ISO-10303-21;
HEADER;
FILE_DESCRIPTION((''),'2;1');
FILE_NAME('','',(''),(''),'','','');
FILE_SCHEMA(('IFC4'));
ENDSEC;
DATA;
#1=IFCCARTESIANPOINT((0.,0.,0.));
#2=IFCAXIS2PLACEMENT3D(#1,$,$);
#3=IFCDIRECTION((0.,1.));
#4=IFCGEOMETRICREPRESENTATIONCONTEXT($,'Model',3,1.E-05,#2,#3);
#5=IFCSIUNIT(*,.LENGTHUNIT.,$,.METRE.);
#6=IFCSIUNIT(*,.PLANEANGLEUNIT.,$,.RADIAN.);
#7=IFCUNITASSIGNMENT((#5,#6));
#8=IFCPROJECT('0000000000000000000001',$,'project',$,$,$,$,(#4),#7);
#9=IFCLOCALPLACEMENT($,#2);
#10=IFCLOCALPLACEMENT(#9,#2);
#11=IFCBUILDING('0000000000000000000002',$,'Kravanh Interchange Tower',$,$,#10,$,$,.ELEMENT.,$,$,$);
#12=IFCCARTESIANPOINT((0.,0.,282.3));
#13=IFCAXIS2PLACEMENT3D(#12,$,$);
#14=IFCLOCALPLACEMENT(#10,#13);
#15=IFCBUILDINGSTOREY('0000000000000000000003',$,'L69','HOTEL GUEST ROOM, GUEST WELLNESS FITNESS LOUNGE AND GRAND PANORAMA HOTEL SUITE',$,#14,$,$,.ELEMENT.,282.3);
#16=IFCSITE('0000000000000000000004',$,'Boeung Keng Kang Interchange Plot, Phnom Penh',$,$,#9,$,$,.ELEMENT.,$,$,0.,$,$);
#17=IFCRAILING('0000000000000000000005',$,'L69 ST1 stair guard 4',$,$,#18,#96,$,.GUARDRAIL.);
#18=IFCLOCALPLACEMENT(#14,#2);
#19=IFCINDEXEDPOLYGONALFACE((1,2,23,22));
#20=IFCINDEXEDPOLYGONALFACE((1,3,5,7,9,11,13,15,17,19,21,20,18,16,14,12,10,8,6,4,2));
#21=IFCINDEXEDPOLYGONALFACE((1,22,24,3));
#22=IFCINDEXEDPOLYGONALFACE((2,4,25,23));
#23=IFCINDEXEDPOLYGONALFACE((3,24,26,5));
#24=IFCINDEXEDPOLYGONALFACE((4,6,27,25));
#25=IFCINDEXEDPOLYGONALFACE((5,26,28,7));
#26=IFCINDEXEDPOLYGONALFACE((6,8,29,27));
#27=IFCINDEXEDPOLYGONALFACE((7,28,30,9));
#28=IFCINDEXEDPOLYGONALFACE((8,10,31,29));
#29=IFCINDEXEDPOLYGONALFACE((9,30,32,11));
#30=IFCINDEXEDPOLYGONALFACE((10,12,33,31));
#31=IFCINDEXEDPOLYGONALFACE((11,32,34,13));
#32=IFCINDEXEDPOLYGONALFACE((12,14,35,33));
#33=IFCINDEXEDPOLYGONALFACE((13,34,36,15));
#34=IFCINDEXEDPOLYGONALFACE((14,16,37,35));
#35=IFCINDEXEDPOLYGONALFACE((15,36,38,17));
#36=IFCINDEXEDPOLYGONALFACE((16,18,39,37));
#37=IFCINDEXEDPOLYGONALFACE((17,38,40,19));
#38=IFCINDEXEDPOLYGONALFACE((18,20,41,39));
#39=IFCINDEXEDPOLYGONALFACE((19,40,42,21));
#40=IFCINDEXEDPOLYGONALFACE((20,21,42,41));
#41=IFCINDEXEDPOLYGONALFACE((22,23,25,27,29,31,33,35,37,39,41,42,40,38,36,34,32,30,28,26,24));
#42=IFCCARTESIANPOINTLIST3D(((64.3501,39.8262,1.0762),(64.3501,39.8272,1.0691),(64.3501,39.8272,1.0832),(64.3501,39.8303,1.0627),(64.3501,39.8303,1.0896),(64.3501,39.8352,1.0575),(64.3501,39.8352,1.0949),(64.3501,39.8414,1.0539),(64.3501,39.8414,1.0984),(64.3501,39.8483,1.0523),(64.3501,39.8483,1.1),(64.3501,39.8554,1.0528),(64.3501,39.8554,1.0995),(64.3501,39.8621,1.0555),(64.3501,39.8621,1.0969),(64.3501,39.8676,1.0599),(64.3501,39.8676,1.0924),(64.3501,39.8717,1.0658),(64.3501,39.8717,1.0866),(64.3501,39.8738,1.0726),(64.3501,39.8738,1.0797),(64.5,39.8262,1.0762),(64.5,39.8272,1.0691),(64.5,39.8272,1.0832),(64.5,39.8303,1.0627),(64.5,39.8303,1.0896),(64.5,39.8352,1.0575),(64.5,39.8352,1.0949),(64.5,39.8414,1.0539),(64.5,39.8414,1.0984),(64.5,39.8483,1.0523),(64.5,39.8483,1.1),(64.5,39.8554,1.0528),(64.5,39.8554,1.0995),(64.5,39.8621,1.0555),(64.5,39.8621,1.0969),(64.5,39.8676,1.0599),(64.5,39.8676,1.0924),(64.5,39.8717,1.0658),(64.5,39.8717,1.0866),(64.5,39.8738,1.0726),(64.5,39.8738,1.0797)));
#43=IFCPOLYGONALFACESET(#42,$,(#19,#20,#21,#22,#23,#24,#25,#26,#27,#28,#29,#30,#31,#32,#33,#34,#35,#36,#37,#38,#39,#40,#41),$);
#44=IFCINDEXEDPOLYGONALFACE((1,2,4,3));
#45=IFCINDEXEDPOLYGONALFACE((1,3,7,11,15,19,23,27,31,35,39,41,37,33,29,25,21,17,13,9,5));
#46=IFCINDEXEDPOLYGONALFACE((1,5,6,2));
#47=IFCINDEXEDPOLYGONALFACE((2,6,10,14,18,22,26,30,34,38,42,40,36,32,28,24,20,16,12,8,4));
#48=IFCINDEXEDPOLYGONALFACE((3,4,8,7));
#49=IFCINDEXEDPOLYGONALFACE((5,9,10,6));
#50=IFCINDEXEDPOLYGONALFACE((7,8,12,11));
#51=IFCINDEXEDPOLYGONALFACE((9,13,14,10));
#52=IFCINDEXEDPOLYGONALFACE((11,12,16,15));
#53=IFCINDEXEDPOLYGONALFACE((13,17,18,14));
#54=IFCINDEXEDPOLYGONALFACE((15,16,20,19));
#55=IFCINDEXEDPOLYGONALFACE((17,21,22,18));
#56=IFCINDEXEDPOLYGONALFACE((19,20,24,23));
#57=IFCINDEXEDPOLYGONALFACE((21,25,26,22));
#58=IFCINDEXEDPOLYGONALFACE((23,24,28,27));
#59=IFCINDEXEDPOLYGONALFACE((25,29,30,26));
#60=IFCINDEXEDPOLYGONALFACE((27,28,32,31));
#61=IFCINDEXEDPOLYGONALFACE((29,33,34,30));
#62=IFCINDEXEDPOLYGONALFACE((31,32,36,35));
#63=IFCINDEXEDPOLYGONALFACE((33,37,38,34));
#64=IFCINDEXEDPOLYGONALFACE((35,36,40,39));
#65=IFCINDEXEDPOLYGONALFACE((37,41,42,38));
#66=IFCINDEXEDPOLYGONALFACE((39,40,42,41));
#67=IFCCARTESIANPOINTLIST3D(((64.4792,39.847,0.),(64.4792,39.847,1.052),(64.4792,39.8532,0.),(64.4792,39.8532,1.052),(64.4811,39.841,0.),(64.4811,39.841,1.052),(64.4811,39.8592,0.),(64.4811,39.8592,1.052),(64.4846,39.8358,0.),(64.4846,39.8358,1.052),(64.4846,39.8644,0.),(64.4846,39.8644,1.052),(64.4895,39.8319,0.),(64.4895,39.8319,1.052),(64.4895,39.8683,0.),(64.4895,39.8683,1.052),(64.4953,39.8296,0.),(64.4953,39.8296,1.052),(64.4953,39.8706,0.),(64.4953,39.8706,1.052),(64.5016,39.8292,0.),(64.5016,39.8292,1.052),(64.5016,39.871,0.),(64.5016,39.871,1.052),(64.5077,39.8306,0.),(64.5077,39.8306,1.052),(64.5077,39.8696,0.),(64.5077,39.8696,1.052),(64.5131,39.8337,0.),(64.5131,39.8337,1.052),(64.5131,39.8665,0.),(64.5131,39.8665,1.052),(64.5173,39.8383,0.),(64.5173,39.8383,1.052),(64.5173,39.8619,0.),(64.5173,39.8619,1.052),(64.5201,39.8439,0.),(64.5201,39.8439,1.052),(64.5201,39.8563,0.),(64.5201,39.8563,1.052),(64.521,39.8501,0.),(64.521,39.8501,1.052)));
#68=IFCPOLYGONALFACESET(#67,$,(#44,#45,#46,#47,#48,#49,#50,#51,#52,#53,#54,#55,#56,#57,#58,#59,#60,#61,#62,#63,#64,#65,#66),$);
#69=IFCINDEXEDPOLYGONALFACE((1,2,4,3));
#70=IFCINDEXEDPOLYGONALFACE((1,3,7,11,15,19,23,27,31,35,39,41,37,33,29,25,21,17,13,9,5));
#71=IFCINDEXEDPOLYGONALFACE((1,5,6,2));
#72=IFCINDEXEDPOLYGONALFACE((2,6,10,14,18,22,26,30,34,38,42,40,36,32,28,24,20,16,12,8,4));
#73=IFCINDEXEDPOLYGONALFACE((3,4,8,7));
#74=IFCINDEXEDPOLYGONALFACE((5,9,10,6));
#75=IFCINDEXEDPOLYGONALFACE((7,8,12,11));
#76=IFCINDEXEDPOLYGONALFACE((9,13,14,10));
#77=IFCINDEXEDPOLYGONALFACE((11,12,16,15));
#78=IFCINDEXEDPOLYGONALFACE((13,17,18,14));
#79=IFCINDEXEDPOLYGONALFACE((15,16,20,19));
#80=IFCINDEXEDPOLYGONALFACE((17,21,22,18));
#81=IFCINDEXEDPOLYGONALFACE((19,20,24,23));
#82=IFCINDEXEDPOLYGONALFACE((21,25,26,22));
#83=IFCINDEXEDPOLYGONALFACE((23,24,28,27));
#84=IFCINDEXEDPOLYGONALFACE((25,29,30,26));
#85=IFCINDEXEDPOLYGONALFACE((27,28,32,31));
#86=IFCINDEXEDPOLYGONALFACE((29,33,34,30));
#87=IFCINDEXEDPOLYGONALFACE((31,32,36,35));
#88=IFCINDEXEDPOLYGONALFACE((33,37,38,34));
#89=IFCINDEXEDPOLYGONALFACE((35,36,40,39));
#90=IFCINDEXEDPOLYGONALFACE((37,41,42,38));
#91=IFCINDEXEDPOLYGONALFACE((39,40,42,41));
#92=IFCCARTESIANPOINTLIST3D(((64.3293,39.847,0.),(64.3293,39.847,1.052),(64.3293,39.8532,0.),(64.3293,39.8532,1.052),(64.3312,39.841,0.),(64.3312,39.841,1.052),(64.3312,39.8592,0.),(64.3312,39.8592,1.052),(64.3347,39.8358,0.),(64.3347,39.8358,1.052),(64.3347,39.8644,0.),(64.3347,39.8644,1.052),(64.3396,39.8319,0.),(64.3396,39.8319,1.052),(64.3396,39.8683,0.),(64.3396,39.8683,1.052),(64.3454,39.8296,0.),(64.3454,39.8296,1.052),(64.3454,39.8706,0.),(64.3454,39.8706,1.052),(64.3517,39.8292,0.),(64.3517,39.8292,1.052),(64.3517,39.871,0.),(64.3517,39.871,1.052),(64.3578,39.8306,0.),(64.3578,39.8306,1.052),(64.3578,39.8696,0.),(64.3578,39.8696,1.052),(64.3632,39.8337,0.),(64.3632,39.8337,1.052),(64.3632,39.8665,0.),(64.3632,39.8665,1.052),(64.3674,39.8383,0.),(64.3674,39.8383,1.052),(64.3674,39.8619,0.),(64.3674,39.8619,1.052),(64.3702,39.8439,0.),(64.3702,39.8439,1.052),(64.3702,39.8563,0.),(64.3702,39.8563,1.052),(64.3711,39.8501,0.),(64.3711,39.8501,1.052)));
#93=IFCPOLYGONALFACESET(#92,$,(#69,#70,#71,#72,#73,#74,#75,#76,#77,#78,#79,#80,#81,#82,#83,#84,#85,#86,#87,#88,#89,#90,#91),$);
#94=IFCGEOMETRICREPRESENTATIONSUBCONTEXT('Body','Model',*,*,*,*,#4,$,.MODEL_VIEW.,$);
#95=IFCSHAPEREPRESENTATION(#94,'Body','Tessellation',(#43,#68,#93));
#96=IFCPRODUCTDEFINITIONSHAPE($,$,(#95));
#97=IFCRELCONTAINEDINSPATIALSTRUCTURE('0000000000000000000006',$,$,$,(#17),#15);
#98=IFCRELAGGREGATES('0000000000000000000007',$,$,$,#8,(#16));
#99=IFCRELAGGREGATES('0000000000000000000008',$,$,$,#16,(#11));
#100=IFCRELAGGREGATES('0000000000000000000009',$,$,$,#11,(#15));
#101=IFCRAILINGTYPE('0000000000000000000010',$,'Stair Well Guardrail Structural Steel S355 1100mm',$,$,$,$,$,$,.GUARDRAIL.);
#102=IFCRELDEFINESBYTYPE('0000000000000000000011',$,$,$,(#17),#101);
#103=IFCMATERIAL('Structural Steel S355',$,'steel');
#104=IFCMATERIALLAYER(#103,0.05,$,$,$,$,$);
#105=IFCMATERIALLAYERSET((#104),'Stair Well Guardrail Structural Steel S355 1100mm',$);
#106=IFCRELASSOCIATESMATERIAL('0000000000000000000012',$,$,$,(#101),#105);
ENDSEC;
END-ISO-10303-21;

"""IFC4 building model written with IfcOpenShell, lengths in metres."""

from ifc_helpers import new_model, si_unit, direction, frame, origin, origin_2d, place, context, subcontext, project, spatial, circle, extrude, material, layer, layer_set, type_object, element, save


model = new_model("IFC4")

# Units and contexts
model_context = context("Model", 3, precision=1e-05, world=origin(), true_north=direction((0.0, 1.0)))
body_context = subcontext(model_context, "Body", "Model", "MODEL_VIEW")
ifc_project = project(units=[si_unit("LENGTHUNIT", "METRE"), si_unit("PLANEANGLEUNIT", "RADIAN")], contexts=[model_context])

# Site, building, storey
site_placement = place(None, origin())
site = spatial("IfcSite", under=ifc_project, at=site_placement, Name="Boeung Keng Kang Interchange Plot, Phnom Penh", CompositionType="ELEMENT", RefElevation=0.0)
building_placement = place(site_placement, origin())
building = spatial("IfcBuilding", under=site, at=building_placement, Name="Kravanh Interchange Tower", CompositionType="ELEMENT")
storey_placement = place(building_placement, frame((0.0, 0.0, 282.3)))
storey = spatial("IfcBuildingStorey", under=building, at=storey_placement, Name="L69", Description="HOTEL GUEST ROOM, GUEST WELLNESS FITNESS LOUNGE AND GRAND PANORAMA HOTEL SUITE", CompositionType="ELEMENT", Elevation=282.3)

# Railing
ifc_material_1 = material(Name="Structural Steel S355", Category="steel")
ifc_layer_1 = layer(ifc_material_1, 0.05)
ifc_layer_set_1 = layer_set([ifc_layer_1], Name="Stair Well Guardrail Structural Steel S355 1100mm")
railing_type_1 = type_object("IfcRailingType", Name="Stair Well Guardrail Structural Steel S355 1100mm", PredefinedType="GUARDRAIL", material=ifc_layer_set_1)
railing_1_placement = place(storey_placement, frame((64.5, 39.8501, 0.0)))
element("IfcRailing", 1, at=railing_1_placement, inside=storey, type_object=railing_type_1, Name="L69 ST1 stair guard 4", PredefinedType="GUARDRAIL", context=body_context, shape_type="SweptSolid", body=[
    extrude(circle(Radius=0.0239, at=origin_2d()), frame((0.0, 0.0, 1.0762), z_axis=(-1.0, 0.0, 0.0), x_axis=(0.0, -1.0, 0.0)), (0.0, 0.0, 1.0), 0.1499),
    extrude(circle(Radius=0.021, at=origin_2d()), origin(), (0.0, 0.0, 1.0), 1.052),
    extrude(circle(Radius=0.021, at=origin_2d()), frame((-0.1499, 0.0, 0.0)), (0.0, 0.0, 1.0), 1.052),
])

save(model, "model.ifc")
